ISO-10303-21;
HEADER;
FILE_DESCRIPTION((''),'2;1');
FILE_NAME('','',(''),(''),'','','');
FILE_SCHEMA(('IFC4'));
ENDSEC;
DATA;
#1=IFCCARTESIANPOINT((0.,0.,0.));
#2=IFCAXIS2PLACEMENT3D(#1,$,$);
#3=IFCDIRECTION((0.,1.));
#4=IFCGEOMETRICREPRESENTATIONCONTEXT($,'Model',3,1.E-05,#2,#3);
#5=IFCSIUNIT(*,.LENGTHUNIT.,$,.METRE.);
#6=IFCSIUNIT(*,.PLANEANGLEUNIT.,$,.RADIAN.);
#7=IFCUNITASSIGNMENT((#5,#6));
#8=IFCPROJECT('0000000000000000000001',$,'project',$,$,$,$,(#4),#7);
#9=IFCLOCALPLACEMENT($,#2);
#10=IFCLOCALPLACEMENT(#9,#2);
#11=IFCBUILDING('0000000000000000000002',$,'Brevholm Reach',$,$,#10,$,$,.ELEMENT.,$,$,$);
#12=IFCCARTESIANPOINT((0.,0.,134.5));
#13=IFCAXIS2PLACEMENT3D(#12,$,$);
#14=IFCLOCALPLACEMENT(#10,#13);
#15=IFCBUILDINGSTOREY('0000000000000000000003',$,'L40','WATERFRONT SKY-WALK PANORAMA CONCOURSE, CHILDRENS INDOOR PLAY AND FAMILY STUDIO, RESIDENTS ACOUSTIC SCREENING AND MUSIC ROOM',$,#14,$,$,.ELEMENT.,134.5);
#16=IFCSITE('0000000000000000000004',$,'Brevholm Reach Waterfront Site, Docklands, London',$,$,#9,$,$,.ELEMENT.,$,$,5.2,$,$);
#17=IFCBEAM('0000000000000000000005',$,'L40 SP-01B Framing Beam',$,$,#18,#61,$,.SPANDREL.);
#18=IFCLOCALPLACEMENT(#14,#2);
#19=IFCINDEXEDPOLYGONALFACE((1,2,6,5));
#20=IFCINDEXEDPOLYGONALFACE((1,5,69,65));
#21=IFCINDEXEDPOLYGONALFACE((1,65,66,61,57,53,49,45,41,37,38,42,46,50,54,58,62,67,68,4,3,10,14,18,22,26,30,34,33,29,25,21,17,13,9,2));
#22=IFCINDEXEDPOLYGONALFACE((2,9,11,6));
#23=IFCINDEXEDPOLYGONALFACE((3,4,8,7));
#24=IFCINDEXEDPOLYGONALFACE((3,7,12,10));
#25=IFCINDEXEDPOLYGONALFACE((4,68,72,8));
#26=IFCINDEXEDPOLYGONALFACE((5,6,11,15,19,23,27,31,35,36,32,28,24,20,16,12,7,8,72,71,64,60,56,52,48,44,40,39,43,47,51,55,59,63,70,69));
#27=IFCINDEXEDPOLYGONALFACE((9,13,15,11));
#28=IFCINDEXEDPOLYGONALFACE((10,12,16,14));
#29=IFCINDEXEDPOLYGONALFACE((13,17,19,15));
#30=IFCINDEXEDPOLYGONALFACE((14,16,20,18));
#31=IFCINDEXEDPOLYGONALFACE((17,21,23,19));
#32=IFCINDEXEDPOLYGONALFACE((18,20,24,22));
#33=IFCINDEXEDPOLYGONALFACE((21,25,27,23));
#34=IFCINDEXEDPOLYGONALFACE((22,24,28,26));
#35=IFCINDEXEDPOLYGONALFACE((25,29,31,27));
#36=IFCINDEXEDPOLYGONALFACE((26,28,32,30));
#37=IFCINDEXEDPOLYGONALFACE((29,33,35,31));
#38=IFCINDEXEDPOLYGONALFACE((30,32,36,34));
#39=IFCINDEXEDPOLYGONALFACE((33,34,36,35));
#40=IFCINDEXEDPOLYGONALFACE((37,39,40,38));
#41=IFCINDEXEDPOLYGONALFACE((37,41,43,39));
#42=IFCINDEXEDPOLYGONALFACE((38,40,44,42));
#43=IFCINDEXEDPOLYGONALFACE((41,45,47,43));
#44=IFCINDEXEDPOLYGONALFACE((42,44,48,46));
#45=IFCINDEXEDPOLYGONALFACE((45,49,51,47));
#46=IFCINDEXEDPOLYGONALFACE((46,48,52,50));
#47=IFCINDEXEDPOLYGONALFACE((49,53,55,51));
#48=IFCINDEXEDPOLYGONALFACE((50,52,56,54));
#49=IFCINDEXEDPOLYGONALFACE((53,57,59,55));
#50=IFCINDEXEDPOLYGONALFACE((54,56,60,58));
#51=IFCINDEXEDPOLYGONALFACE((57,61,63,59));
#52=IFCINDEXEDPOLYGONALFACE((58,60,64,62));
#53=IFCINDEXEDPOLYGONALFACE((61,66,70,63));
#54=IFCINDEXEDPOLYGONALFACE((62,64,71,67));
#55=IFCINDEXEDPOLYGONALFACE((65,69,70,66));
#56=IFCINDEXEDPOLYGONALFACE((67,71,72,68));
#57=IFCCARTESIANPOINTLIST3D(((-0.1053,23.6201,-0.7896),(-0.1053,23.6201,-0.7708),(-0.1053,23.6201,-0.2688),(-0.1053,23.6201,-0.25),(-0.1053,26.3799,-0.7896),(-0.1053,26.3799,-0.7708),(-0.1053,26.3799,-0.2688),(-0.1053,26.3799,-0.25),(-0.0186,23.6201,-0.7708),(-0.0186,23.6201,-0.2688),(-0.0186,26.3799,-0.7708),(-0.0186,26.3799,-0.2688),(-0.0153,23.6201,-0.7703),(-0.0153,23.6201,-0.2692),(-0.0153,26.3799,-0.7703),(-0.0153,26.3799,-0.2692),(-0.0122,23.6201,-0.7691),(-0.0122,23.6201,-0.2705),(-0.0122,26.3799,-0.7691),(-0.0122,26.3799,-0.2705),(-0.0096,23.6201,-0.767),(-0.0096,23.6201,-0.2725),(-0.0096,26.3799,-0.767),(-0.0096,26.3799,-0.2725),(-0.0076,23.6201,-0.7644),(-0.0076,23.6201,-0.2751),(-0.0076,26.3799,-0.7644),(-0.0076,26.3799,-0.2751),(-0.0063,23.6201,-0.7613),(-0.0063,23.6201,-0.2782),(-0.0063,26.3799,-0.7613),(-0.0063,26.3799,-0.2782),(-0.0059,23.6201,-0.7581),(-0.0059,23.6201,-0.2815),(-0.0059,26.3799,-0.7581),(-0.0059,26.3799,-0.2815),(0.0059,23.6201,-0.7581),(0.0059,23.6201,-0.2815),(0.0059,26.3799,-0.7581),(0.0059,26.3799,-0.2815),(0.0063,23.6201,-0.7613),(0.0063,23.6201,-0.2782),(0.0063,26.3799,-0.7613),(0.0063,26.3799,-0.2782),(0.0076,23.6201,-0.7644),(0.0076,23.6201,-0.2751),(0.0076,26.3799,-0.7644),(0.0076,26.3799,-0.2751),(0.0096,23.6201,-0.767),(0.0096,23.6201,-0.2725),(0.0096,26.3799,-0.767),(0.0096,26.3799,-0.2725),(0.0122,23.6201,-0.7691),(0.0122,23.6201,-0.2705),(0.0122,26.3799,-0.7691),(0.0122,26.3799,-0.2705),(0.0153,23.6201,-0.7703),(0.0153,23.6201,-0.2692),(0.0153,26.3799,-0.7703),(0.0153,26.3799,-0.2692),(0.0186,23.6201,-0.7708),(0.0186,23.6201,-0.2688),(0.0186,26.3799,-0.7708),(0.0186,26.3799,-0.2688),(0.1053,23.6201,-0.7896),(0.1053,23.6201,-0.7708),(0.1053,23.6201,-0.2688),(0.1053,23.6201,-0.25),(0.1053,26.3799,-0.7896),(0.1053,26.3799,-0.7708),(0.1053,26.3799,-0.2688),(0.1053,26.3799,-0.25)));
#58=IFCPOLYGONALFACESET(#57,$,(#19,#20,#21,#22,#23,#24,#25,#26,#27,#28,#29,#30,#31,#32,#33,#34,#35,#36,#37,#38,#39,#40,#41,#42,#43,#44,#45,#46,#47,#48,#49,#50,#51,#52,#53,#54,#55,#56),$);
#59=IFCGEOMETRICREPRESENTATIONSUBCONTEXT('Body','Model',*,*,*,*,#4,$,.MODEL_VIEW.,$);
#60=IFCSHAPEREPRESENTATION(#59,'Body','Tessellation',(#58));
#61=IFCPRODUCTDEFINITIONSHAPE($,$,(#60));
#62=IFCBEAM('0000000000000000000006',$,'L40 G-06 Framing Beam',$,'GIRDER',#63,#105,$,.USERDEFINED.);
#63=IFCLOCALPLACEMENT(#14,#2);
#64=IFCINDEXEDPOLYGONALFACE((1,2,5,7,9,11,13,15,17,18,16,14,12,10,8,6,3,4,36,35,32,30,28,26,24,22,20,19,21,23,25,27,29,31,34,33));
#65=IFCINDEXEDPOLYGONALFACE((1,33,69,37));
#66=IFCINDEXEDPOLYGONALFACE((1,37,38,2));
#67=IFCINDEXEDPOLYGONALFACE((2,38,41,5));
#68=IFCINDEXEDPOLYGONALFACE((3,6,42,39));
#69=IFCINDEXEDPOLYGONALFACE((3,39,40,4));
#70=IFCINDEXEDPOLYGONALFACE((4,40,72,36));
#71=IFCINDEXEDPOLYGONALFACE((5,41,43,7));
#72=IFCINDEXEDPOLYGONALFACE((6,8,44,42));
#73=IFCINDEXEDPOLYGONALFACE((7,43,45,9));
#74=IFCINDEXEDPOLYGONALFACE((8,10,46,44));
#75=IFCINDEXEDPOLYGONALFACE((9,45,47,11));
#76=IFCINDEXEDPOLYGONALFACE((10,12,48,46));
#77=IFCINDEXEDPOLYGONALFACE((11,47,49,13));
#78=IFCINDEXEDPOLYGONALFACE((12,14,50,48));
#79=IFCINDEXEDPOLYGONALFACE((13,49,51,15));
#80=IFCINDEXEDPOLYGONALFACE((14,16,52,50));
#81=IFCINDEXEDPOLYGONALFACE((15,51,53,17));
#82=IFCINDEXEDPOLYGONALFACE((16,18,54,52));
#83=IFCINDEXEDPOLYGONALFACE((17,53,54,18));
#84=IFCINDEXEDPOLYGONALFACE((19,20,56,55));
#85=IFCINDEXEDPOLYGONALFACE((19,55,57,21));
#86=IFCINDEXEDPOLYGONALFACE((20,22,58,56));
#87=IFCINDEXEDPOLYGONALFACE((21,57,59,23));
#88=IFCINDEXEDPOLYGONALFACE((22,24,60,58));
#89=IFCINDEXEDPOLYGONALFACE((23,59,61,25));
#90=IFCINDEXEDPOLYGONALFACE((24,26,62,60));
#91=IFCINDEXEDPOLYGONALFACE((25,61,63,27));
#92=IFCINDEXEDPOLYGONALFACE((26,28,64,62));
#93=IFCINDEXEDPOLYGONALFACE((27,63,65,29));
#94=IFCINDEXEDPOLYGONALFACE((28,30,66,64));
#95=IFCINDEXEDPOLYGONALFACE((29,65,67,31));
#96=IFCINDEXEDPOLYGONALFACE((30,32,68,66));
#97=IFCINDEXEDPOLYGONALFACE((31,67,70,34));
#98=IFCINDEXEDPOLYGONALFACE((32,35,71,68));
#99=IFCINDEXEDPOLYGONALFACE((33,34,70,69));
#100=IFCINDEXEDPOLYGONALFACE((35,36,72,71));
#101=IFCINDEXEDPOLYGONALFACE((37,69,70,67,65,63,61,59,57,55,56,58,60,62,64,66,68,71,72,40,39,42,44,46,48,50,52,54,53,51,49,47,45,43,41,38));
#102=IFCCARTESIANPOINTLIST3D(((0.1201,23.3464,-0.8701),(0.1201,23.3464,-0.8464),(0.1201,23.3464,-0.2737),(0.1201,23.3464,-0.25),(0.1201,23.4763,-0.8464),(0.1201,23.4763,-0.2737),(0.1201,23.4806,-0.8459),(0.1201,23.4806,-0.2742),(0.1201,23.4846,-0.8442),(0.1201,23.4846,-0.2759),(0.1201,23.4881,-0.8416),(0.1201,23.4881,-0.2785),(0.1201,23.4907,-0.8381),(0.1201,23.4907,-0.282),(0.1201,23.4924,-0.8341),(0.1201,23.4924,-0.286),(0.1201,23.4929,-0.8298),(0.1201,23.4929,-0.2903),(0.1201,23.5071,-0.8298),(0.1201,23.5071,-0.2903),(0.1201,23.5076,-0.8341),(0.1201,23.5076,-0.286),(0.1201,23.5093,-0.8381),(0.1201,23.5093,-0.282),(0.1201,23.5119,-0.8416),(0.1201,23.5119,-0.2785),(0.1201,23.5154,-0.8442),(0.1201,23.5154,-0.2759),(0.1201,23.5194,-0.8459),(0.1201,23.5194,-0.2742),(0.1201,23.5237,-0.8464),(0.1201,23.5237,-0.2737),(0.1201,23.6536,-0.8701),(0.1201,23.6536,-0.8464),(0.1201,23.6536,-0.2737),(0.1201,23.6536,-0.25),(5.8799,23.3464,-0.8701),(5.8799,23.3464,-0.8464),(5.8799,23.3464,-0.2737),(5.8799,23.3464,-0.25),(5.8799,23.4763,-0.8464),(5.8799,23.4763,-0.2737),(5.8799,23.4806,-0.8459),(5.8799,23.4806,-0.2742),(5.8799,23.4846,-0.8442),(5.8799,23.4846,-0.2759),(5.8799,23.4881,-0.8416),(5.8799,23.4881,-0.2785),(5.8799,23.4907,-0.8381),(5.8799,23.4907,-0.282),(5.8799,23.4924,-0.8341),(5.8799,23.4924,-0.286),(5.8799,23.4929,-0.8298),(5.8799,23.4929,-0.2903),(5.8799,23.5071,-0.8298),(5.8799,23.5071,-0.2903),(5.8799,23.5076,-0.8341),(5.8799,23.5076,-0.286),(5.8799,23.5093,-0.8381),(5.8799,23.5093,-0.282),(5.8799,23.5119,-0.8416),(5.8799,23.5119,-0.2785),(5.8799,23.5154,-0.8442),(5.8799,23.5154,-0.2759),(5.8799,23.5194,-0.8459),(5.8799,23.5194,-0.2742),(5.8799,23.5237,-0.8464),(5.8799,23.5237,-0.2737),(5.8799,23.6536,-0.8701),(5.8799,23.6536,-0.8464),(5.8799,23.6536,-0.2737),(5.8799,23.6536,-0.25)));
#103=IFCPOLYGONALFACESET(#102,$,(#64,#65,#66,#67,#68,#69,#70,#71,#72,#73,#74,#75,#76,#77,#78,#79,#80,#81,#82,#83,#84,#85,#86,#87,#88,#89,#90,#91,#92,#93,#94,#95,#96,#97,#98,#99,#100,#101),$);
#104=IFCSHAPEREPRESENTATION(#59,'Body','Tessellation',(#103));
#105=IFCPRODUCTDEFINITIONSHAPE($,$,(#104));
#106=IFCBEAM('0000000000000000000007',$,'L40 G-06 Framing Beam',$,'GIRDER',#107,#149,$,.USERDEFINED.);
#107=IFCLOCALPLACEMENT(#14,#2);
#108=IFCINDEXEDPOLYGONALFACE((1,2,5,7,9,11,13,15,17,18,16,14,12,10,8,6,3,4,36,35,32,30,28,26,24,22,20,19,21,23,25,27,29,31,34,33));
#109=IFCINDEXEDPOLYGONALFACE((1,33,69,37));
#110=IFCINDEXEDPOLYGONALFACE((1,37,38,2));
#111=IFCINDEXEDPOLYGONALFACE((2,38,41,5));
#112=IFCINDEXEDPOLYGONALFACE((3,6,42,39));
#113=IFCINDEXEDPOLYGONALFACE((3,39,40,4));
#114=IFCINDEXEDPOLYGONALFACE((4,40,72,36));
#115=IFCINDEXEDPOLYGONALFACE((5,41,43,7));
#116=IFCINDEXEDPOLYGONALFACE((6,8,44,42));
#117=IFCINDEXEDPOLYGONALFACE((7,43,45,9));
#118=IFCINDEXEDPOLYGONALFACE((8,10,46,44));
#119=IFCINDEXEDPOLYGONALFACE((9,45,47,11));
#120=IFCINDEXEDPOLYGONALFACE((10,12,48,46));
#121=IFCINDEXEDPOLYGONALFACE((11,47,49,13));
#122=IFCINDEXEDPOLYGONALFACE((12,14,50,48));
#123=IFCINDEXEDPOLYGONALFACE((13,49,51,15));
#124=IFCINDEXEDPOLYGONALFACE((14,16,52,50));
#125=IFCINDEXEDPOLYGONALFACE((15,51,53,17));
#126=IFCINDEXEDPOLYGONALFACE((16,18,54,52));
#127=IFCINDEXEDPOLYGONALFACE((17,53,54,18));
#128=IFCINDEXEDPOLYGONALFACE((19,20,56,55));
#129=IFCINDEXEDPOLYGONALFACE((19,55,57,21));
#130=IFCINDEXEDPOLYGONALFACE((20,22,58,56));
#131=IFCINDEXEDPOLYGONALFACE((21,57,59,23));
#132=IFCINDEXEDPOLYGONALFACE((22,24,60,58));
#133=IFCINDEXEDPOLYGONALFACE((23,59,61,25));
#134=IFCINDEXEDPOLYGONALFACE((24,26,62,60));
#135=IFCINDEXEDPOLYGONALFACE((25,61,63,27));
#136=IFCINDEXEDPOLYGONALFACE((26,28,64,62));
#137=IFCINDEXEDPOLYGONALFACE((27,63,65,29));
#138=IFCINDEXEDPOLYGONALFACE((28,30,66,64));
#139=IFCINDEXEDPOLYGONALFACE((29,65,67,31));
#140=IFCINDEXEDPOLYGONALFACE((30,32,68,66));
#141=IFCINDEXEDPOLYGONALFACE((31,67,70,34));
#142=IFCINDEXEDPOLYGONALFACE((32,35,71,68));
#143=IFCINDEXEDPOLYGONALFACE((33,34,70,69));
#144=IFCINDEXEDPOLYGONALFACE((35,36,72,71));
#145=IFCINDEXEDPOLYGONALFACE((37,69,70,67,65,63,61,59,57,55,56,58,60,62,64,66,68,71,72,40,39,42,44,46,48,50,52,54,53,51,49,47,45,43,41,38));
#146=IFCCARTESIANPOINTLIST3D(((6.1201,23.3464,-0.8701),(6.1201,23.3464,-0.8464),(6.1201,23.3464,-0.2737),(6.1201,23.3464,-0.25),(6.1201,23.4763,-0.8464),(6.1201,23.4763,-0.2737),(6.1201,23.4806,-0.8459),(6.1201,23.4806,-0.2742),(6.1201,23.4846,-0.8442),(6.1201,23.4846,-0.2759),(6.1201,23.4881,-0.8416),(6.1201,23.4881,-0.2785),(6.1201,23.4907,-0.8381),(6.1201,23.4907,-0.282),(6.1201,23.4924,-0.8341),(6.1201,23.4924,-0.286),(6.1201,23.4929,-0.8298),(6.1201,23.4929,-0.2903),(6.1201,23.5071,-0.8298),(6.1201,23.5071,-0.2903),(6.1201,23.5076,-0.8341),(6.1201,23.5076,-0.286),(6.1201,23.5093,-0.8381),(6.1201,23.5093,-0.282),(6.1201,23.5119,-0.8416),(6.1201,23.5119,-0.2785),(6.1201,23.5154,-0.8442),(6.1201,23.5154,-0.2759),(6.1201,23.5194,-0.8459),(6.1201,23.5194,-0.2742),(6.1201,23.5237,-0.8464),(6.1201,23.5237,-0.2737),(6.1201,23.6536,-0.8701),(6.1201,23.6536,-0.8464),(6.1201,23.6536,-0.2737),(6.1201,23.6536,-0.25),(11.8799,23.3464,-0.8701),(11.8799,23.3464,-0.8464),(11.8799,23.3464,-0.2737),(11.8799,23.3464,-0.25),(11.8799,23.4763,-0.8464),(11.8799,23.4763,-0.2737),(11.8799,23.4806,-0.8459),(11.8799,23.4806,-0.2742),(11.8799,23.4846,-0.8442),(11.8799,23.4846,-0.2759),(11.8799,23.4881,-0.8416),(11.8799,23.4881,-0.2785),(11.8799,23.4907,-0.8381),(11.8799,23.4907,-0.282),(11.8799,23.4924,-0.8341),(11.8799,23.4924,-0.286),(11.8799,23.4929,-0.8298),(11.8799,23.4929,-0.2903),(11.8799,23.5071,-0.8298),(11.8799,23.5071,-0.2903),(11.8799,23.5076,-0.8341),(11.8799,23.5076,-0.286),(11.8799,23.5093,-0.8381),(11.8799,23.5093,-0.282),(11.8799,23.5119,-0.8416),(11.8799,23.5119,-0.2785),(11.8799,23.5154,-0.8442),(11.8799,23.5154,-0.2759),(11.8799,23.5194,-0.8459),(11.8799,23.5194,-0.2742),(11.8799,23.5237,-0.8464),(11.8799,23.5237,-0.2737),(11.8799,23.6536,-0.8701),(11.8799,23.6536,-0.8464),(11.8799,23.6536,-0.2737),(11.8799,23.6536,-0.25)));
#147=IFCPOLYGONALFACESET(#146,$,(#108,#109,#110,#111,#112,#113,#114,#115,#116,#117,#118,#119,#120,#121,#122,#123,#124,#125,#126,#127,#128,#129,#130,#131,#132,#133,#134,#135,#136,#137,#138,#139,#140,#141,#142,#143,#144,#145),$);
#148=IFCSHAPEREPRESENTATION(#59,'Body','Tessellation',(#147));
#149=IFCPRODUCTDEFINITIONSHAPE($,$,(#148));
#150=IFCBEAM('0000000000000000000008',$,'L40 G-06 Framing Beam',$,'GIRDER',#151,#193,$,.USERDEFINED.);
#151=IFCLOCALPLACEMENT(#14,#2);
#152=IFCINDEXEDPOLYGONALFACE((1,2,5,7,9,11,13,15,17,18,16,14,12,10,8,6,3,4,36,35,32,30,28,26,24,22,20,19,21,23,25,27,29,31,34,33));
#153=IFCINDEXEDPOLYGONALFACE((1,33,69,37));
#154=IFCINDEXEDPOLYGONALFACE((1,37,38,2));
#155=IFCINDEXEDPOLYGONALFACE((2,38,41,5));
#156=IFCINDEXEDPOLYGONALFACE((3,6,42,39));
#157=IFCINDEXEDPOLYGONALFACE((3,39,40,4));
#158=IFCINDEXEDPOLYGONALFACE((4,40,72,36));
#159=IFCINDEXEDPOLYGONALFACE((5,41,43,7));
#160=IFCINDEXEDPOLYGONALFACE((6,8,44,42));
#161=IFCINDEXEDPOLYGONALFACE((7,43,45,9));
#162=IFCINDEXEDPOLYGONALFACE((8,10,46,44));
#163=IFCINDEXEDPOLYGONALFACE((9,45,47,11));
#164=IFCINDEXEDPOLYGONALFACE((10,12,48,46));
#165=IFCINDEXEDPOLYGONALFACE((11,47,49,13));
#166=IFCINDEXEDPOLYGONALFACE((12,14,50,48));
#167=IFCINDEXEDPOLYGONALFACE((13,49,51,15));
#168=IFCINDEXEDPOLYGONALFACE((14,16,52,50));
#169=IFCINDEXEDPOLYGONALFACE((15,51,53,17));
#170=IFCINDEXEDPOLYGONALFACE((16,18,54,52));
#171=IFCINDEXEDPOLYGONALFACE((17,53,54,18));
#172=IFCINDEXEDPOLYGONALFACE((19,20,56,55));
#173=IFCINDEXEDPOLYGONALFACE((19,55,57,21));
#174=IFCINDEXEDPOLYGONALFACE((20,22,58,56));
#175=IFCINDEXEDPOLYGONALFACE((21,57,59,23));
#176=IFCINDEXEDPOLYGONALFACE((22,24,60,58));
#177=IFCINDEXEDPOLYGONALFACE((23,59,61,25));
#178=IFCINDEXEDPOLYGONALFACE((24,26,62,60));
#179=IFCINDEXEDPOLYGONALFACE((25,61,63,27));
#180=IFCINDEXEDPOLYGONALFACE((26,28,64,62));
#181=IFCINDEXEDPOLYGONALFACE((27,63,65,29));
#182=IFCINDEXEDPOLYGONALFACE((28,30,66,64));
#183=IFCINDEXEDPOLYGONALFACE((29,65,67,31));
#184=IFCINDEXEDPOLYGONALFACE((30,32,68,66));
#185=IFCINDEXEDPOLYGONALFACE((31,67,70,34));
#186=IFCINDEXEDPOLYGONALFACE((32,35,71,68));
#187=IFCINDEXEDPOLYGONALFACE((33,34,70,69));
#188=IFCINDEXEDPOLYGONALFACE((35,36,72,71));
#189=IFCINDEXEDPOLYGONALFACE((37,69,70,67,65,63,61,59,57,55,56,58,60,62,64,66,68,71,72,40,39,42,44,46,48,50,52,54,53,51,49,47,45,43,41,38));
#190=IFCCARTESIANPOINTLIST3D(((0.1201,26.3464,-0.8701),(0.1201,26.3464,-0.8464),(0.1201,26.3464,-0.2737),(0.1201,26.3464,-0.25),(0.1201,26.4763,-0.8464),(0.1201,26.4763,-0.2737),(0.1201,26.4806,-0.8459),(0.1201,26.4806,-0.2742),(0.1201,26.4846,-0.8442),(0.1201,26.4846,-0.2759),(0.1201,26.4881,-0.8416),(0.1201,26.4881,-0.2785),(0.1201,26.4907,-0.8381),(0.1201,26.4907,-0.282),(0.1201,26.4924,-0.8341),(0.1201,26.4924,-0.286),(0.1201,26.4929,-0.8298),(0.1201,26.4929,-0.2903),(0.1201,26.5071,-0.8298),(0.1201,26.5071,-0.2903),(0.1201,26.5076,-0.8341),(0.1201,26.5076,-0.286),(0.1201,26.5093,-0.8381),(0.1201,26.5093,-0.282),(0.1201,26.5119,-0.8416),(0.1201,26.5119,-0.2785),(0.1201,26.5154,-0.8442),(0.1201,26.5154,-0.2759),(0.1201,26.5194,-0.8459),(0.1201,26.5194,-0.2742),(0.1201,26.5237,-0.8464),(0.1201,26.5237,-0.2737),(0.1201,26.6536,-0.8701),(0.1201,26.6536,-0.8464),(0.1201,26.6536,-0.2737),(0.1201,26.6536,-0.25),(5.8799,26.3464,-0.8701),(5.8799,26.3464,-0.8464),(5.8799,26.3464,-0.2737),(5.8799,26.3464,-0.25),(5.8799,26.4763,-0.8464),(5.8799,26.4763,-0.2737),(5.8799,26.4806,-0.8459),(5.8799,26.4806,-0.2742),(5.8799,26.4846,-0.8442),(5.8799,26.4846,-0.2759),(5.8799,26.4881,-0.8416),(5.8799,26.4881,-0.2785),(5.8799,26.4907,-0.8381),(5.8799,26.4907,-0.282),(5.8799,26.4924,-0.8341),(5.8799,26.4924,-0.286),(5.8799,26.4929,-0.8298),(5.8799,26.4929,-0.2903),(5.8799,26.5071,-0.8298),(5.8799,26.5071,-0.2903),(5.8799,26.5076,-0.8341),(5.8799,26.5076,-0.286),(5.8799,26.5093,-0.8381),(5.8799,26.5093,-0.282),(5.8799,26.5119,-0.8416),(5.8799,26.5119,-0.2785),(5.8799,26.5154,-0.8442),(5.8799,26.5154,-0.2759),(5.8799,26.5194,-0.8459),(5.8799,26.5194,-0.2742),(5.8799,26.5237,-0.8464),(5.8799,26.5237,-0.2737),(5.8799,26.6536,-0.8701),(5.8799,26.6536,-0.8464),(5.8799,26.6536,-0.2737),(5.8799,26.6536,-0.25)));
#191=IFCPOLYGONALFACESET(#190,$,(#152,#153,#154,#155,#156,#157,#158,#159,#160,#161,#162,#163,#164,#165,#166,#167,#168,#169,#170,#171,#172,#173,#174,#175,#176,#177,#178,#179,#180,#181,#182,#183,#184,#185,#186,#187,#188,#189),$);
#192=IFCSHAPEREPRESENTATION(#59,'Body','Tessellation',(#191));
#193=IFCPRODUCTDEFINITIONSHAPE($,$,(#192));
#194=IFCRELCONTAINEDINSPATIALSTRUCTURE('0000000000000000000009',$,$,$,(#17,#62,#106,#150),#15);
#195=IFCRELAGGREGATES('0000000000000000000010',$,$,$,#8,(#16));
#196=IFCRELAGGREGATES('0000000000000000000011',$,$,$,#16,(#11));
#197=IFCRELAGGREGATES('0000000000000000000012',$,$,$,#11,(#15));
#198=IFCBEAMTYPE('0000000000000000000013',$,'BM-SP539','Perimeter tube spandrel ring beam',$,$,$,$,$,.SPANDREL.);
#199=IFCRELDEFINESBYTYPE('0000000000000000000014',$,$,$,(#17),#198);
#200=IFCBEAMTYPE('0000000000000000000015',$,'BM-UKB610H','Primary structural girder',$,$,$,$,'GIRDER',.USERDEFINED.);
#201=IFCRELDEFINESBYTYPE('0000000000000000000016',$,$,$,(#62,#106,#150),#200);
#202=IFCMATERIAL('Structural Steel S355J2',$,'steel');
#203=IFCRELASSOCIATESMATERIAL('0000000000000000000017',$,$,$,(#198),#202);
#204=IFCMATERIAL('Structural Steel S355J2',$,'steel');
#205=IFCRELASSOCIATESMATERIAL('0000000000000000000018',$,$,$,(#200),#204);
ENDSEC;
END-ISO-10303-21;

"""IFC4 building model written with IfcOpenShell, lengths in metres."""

from ifc_helpers import new_model, si_unit, direction, frame, origin, origin_2d, place, context, subcontext, project, spatial, i_section, extrude, material, material_profile, profile_set, type_object, element, save


model = new_model("IFC4")

# Units and contexts
model_context = context("Model", 3, precision=1e-05, world=origin(), true_north=direction((0.0, 1.0)))
body_context = subcontext(model_context, "Body", "Model", "MODEL_VIEW")
ifc_project = project(units=[si_unit("LENGTHUNIT", "METRE"), si_unit("PLANEANGLEUNIT", "RADIAN")], contexts=[model_context])

# Site, building, storey
site_placement = place(None, origin())
site = spatial("IfcSite", under=ifc_project, at=site_placement, Name="Brevholm Reach Waterfront Site, Docklands, London", CompositionType="ELEMENT", RefElevation=5.2)
building_placement = place(site_placement, origin())
building = spatial("IfcBuilding", under=site, at=building_placement, Name="Brevholm Reach", CompositionType="ELEMENT")
storey_placement = place(building_placement, frame((0.0, 0.0, 134.5)))
storey = spatial("IfcBuildingStorey", under=building, at=storey_placement, Name="L40", Description="WATERFRONT SKY-WALK PANORAMA CONCOURSE, CHILDRENS INDOOR PLAY AND FAMILY STUDIO, RESIDENTS ACOUSTIC SCREENING AND MUSIC ROOM", CompositionType="ELEMENT", Elevation=134.5)

# Beams
ifc_material_1 = material(Name="Structural Steel S355J2", Category="steel")
ifc_material_profile_1 = material_profile(ifc_material_1, i_section(OverallWidth=0.2107, OverallDepth=0.5396, WebThickness=0.0117, FlangeThickness=0.0188, FilletRadius=0.0127, at=origin_2d()), Name="UKB 533x210x109")
ifc_profile_set_1 = profile_set([ifc_material_profile_1], Name="Structural Steel S355J2")
beam_type_1 = type_object("IfcBeamType", Name="BM-SP539", Description="Perimeter tube spandrel ring beam", PredefinedType="SPANDREL", material=ifc_profile_set_1)
beam_1_placement = place(storey_placement, frame((0.0, 23.6201, -0.5198), z_axis=(0.0, 1.0, 0.0), x_axis=(-1.0, 0.0, 0.0)))
element("IfcBeam", 1, at=beam_1_placement, inside=storey, type_object=beam_type_1, Name="L40 SP-01B Framing Beam", PredefinedType="SPANDREL", context=body_context, shape_type="SweptSolid", body=[
    extrude(i_section(OverallWidth=0.2107, OverallDepth=0.5396, WebThickness=0.0117, FlangeThickness=0.0188, FilletRadius=0.0127, at=origin_2d()), origin(), (0.0, 0.0, 1.0), 2.7598),
])
ifc_material_2 = material(Name="Structural Steel S355J2", Category="steel")
ifc_material_profile_2 = material_profile(ifc_material_2, i_section(OverallWidth=0.3071, OverallDepth=0.6201, WebThickness=0.0142, FlangeThickness=0.0237, FilletRadius=0.0166, at=origin_2d()), Name="UKB 610x305x179")
ifc_profile_set_2 = profile_set([ifc_material_profile_2], Name="Structural Steel S355J2")
beam_type_2 = type_object("IfcBeamType", Name="BM-UKB610H", Description="Primary structural girder", ElementType="GIRDER", PredefinedType="USERDEFINED", material=ifc_profile_set_2)
for number, where, z_axis, x_axis, name in (
    (2, (0.1201, 23.5, -0.5601), (1.0, 0.0, 0.0), (0.0, 1.0, 0.0), "L40 G-06 Framing Beam"),
    (3, (6.1201, 23.5, -0.5601), (1.0, 0.0, 0.0), (0.0, 1.0, 0.0), "L40 G-06 Framing Beam"),
    (4, (0.1201, 26.5, -0.5601), (1.0, 0.0, 0.0), (0.0, 1.0, 0.0), "L40 G-06 Framing Beam"),
):
    element("IfcBeam", number, at=place(storey_placement, frame(where, z_axis=z_axis, x_axis=x_axis)), inside=storey, type_object=beam_type_2, Name=name, ObjectType="GIRDER", PredefinedType="USERDEFINED", context=body_context, shape_type="SweptSolid", body=[
        extrude(i_section(OverallWidth=0.3071, OverallDepth=0.6201, WebThickness=0.0142, FlangeThickness=0.0237, FilletRadius=0.0166, at=origin_2d()), origin(), (0.0, 0.0, 1.0), 5.7598),
    ])

save(model, "model.ifc")
